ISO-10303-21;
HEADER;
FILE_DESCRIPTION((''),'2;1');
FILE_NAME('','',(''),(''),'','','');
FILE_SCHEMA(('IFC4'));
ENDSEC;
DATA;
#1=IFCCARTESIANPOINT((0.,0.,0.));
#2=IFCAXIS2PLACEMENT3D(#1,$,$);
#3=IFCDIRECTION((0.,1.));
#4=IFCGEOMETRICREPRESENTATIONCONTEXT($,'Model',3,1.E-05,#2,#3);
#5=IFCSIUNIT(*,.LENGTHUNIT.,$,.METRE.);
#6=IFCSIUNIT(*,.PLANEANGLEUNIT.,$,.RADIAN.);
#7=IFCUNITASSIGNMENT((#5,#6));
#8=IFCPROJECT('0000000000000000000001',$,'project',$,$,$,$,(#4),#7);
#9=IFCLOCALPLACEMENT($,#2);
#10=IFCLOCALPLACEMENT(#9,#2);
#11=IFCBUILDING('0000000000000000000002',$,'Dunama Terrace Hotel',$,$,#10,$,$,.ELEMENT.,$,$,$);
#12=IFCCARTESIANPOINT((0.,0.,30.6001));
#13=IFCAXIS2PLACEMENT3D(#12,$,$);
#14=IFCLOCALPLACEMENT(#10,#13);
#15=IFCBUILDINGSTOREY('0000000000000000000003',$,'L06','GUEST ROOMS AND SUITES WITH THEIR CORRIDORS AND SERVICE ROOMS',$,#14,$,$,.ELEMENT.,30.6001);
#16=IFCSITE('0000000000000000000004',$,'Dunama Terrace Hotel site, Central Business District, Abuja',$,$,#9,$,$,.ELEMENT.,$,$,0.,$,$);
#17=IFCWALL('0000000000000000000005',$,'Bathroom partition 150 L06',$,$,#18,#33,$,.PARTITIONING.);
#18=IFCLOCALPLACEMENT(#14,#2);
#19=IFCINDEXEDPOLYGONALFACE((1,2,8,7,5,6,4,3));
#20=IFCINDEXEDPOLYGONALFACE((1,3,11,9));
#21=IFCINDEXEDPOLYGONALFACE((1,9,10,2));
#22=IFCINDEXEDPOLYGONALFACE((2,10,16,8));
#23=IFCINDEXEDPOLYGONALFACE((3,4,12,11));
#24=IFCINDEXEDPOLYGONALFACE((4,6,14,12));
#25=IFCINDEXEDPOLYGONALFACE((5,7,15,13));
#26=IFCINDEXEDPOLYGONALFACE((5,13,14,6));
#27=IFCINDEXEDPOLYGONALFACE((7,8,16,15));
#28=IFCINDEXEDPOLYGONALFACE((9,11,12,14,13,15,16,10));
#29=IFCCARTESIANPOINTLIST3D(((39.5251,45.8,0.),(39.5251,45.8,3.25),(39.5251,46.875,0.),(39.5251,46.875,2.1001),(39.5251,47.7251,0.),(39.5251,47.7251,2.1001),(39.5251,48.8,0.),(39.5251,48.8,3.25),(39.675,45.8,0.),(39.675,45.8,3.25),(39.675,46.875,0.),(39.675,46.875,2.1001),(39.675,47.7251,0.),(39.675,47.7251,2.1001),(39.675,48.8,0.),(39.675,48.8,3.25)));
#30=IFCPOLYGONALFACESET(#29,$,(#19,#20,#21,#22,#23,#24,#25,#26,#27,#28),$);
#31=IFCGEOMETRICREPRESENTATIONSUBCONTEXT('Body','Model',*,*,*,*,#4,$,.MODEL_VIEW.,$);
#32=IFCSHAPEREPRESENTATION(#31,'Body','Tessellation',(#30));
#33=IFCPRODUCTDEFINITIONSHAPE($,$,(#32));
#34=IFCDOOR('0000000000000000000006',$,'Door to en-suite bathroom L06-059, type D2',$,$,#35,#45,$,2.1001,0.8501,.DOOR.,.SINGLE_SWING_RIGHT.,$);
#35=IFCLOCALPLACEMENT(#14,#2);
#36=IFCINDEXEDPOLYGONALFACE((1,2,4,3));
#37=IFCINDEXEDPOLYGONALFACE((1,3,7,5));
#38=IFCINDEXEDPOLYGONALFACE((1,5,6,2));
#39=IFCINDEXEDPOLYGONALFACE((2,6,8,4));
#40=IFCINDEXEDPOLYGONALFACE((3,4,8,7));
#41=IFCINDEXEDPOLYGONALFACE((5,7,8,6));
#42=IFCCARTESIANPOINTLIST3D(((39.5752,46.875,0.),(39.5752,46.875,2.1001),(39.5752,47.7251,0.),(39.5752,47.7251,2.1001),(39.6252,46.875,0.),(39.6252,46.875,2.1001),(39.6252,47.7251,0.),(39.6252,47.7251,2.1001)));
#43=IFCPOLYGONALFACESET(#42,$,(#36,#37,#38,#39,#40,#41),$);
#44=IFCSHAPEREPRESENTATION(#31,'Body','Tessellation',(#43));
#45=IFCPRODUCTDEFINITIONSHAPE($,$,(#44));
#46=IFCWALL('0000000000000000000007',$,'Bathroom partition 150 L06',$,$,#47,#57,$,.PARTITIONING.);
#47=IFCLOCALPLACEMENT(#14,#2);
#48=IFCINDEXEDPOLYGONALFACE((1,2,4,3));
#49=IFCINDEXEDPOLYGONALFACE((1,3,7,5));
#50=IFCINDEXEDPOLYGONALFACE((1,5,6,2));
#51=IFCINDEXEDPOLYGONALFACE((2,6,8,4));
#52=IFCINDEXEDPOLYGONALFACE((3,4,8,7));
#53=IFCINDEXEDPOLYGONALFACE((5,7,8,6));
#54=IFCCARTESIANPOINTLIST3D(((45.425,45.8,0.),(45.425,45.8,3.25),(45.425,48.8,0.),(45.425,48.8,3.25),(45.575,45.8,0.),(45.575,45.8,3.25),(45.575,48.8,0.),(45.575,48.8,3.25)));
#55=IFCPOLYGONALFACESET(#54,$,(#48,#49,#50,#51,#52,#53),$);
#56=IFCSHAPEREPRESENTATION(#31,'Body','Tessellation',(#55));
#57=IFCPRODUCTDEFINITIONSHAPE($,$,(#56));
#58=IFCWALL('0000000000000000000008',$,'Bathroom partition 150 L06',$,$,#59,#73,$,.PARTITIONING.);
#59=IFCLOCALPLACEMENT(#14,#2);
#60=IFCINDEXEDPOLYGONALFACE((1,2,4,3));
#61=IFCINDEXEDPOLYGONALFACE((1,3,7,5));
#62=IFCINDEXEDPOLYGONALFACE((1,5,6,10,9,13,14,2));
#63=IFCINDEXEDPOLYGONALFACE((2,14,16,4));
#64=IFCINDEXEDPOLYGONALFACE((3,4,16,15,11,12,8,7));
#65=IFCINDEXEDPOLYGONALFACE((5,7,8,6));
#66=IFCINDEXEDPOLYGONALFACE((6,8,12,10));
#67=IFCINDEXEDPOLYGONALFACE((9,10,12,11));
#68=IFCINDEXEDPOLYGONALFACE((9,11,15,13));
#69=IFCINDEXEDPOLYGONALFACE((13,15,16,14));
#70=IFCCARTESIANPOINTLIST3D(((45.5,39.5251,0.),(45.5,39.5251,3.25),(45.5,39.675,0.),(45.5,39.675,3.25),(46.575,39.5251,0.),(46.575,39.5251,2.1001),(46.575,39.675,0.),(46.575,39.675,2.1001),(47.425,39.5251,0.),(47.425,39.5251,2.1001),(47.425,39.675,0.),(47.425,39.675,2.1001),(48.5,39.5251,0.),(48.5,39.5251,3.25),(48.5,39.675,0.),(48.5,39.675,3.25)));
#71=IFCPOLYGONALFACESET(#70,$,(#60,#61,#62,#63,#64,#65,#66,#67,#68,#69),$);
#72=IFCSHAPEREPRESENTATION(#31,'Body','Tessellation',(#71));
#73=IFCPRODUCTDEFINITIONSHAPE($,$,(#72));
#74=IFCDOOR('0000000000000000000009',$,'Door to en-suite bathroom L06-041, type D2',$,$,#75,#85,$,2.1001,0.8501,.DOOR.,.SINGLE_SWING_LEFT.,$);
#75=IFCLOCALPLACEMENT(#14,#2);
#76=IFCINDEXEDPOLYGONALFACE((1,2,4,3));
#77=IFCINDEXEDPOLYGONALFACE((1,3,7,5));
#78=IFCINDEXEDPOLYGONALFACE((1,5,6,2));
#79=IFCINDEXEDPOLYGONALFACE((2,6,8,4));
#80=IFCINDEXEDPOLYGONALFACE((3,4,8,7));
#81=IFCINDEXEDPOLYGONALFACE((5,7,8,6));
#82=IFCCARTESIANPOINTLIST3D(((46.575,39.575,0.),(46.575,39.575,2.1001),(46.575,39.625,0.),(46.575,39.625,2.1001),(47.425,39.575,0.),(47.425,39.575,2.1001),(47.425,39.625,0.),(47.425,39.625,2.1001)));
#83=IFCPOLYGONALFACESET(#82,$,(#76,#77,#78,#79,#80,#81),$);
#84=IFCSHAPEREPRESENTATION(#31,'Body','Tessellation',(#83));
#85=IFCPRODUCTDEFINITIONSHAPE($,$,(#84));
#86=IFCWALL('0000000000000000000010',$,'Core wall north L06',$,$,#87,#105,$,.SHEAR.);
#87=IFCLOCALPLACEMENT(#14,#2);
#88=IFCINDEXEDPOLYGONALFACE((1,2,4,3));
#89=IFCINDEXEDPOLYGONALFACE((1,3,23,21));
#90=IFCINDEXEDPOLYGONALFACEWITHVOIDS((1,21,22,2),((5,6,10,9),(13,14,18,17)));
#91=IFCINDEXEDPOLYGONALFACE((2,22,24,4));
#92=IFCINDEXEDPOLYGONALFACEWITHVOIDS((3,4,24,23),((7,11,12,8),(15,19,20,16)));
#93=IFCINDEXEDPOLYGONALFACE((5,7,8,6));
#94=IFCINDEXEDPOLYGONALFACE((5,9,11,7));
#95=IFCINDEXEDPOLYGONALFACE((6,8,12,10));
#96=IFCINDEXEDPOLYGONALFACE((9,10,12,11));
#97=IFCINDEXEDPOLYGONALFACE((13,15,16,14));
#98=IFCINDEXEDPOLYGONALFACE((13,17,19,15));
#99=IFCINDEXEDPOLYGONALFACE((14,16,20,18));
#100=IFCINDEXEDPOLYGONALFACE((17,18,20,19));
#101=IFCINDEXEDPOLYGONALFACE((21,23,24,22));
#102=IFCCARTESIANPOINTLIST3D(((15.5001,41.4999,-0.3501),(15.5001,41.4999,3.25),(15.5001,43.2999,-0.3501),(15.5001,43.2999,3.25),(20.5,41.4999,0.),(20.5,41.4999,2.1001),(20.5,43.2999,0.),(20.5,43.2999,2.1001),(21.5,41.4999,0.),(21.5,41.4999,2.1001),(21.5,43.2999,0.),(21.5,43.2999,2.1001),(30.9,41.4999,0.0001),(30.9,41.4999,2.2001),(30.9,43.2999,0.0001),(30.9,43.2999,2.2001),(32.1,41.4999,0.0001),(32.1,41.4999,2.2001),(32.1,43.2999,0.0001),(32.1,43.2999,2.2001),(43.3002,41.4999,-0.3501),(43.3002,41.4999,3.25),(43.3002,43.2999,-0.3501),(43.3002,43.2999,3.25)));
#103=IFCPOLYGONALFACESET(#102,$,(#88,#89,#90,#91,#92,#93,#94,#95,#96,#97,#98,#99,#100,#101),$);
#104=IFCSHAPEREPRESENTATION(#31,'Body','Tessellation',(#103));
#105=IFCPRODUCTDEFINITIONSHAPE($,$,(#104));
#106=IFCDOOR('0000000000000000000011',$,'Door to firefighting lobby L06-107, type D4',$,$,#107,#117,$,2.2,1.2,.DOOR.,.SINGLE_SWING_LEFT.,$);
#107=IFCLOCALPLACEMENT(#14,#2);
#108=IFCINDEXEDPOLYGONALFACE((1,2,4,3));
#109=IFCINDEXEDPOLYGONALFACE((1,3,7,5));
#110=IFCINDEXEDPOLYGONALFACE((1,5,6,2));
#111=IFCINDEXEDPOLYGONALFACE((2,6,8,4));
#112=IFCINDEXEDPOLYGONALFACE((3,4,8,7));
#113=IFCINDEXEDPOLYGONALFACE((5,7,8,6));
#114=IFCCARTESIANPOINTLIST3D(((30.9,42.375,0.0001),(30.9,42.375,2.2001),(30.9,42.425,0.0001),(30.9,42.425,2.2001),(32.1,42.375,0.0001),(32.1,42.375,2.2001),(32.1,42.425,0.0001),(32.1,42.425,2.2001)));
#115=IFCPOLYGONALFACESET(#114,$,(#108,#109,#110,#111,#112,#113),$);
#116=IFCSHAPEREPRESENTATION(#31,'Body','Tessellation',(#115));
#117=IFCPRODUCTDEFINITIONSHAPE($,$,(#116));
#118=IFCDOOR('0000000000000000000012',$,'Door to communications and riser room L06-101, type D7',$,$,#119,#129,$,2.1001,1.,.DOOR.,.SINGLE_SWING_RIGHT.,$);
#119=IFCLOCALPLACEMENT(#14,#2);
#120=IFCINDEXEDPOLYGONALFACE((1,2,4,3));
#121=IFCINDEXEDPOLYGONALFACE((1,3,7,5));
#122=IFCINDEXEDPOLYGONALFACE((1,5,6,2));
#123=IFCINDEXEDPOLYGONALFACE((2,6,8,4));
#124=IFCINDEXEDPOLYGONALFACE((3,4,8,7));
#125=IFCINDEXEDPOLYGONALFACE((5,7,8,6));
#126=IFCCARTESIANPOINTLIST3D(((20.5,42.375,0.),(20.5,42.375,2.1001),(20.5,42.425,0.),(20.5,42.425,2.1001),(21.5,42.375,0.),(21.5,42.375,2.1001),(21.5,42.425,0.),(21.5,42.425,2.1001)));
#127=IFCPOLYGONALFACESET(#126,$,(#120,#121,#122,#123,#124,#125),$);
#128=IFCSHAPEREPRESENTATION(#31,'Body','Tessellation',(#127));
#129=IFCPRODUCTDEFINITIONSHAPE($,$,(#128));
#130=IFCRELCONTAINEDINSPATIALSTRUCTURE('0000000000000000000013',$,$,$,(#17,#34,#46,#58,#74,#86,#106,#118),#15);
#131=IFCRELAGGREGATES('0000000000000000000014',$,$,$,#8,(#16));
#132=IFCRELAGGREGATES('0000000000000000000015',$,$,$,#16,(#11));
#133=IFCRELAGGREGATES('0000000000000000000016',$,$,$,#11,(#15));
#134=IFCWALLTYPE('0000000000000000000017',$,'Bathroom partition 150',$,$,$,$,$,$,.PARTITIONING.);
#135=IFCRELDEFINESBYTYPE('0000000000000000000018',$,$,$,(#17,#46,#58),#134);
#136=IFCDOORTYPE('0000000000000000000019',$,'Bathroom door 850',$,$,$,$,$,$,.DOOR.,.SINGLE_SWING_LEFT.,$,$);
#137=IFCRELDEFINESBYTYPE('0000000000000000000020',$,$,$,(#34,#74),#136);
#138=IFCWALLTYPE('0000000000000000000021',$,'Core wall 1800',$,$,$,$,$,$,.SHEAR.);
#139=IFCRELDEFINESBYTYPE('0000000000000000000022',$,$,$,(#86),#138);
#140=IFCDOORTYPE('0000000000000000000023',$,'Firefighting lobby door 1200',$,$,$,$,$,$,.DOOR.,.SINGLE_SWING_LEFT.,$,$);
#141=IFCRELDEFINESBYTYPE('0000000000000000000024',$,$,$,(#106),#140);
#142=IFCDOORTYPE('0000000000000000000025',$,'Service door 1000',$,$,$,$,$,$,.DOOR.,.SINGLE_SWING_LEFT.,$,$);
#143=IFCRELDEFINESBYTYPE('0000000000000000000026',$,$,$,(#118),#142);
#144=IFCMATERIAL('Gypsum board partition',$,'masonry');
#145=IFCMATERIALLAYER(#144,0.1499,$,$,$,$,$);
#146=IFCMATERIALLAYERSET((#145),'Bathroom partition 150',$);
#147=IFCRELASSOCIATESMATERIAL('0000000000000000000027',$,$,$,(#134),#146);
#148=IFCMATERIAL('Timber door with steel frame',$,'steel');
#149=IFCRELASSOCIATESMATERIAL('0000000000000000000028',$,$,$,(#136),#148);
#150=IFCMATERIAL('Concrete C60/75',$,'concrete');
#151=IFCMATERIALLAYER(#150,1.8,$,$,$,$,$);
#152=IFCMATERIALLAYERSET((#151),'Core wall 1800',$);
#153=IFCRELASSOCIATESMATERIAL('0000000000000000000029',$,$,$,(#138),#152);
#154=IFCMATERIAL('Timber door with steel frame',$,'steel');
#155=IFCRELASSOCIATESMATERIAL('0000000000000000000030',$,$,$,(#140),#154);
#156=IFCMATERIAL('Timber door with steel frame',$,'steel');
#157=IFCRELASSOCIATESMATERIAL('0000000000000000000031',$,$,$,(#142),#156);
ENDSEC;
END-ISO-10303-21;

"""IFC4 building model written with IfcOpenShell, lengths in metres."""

from ifc_helpers import new_model, si_unit, direction, frame, frame_2d, origin, place, context, subcontext, project, spatial, rectangle, extrude, material, layer, layer_set, type_object, element, fill, save


model = new_model("IFC4")

# Units and contexts
model_context = context("Model", 3, precision=1e-05, world=origin(), true_north=direction((0.0, 1.0)))
body_context = subcontext(model_context, "Body", "Model", "MODEL_VIEW")
ifc_project = project(units=[si_unit("LENGTHUNIT", "METRE"), si_unit("PLANEANGLEUNIT", "RADIAN")], contexts=[model_context])

# Site, building, storey
site_placement = place(None, origin())
site = spatial("IfcSite", under=ifc_project, at=site_placement, Name="Dunama Terrace Hotel site, Central Business District, Abuja", CompositionType="ELEMENT", RefElevation=0.0)
building_placement = place(site_placement, origin())
building = spatial("IfcBuilding", under=site, at=building_placement, Name="Dunama Terrace Hotel", CompositionType="ELEMENT")
storey_placement = place(building_placement, frame((0.0, 0.0, 30.6001)))
storey = spatial("IfcBuildingStorey", under=building, at=storey_placement, Name="L06", Description="GUEST ROOMS AND SUITES WITH THEIR CORRIDORS AND SERVICE ROOMS", CompositionType="ELEMENT", Elevation=30.6001)

# Wall, opening, door
ifc_material_1 = material(Name="Gypsum board partition", Category="masonry")
ifc_layer_1 = layer(ifc_material_1, 0.1499)
ifc_layer_set_1 = layer_set([ifc_layer_1], Name="Bathroom partition 150")
wall_type_1 = type_object("IfcWallType", Name="Bathroom partition 150", PredefinedType="PARTITIONING", material=ifc_layer_set_1)
wall_1_placement = place(storey_placement, frame((39.6001, 45.8, 0.0), z_axis=(0.0, 0.0, 1.0), x_axis=(0.0, 1.0, 0.0)))
wall_1 = element("IfcWall", 1, at=wall_1_placement, inside=storey, type_object=wall_type_1, Name="Bathroom partition 150 L06", PredefinedType="PARTITIONING", context=body_context, shape_type="SweptSolid", body=[
    extrude(rectangle(XDim=3.0, YDim=0.1499, at=frame_2d((1.5, 0.0))), origin(), (0.0, 0.0, 1.0), 3.25),
])
opening_1_placement = place(wall_1_placement, frame((1.075, 0.0, 0.0)))
opening_1 = element("IfcOpeningElement", 2, at=opening_1_placement, cuts=wall_1, PredefinedType="OPENING", context=body_context, shape_type="SweptSolid", body=[
    extrude(rectangle(XDim=0.8501, YDim=2.1001, at=frame_2d((0.425, 1.05))), frame((0.0, 0.085, 0.0), z_axis=(0.0, -1.0, 0.0), x_axis=(1.0, 0.0, 0.0)), (0.0, 0.0, 1.0), 0.1699),
])
ifc_material_2 = material(Name="Timber door with steel frame", Category="steel")
door_type_1 = type_object("IfcDoorType", Name="Bathroom door 850", OperationType="SINGLE_SWING_LEFT", PredefinedType="DOOR", material=ifc_material_2)
door_1_placement = place(opening_1_placement, frame((0.8501, 0.0, 0.0), z_axis=(0.0, 0.0, 1.0), x_axis=(-1.0, 0.0, 0.0)))
door_1 = element("IfcDoor", 3, at=door_1_placement, inside=storey, type_object=door_type_1, Name="Door to en-suite bathroom L06-059, type D2", OperationType="SINGLE_SWING_RIGHT", OverallHeight=2.1001, OverallWidth=0.8501, PredefinedType="DOOR", context=body_context, shape_type="SweptSolid", body=[
    extrude(rectangle(XDim=0.8501, YDim=2.1001, at=frame_2d((0.425, 1.05))), frame((0.0, 0.0251, 0.0), z_axis=(0.0, -1.0, 0.0), x_axis=(1.0, 0.0, 0.0)), (0.0, 0.0, 1.0), 0.05),
])
fill(opening_1, door_1)

# Wall
wall_2_placement = place(storey_placement, frame((45.5, 45.8, 0.0), z_axis=(0.0, 0.0, 1.0), x_axis=(0.0, 1.0, 0.0)))
element("IfcWall", 4, at=wall_2_placement, inside=storey, type_object=wall_type_1, Name="Bathroom partition 150 L06", PredefinedType="PARTITIONING", context=body_context, shape_type="SweptSolid", body=[
    extrude(rectangle(XDim=3.0, YDim=0.1499, at=frame_2d((1.5, 0.0))), origin(), (0.0, 0.0, 1.0), 3.25),
])

# Wall, opening, door
wall_3_placement = place(storey_placement, frame((45.5, 39.6001, 0.0), z_axis=(0.0, 0.0, 1.0), x_axis=(1.0, 0.0, 0.0)))
wall_3 = element("IfcWall", 5, at=wall_3_placement, inside=storey, type_object=wall_type_1, Name="Bathroom partition 150 L06", PredefinedType="PARTITIONING", context=body_context, shape_type="SweptSolid", body=[
    extrude(rectangle(XDim=3.0, YDim=0.1499, at=frame_2d((1.5, 0.0))), origin(), (0.0, 0.0, 1.0), 3.25),
])
opening_2_placement = place(wall_3_placement, frame((1.075, 0.0, 0.0)))
opening_2 = element("IfcOpeningElement", 6, at=opening_2_placement, cuts=wall_3, PredefinedType="OPENING", context=body_context, shape_type="SweptSolid", body=[
    extrude(rectangle(XDim=0.8501, YDim=2.1001, at=frame_2d((0.425, 1.05))), frame((0.0, 0.085, 0.0), z_axis=(0.0, -1.0, 0.0), x_axis=(1.0, 0.0, 0.0)), (0.0, 0.0, 1.0), 0.1699),
])
door_2_placement = place(opening_2_placement, origin())
door_2 = element("IfcDoor", 7, at=door_2_placement, inside=storey, type_object=door_type_1, Name="Door to en-suite bathroom L06-041, type D2", OperationType="SINGLE_SWING_LEFT", OverallHeight=2.1001, OverallWidth=0.8501, PredefinedType="DOOR", context=body_context, shape_type="SweptSolid", body=[
    extrude(rectangle(XDim=0.8501, YDim=2.1001, at=frame_2d((0.425, 1.05))), frame((0.0, 0.0249, 0.0), z_axis=(0.0, -1.0, 0.0), x_axis=(1.0, 0.0, 0.0)), (0.0, 0.0, 1.0), 0.05),
])
fill(opening_2, door_2)

# Wall, openings, doors
ifc_material_3 = material(Name="Concrete C60/75", Category="concrete")
ifc_layer_2 = layer(ifc_material_3, 1.8)
ifc_layer_set_2 = layer_set([ifc_layer_2], Name="Core wall 1800")
wall_type_2 = type_object("IfcWallType", Name="Core wall 1800", PredefinedType="SHEAR", material=ifc_layer_set_2)
wall_4_placement = place(storey_placement, frame((43.3, 42.3999, -0.3501), z_axis=(0.0, 0.0, 1.0), x_axis=(-1.0, 0.0, 0.0)))
wall_4 = element("IfcWall", 8, at=wall_4_placement, inside=storey, type_object=wall_type_2, Name="Core wall north L06", PredefinedType="SHEAR", context=body_context, shape_type="SweptSolid", body=[
    extrude(rectangle(XDim=27.8, YDim=1.8, at=frame_2d((13.8999, 0.0))), origin(), (0.0, 0.0, 1.0), 3.6001),
])
opening_3_placement = place(wall_4_placement, frame((21.8, 0.0, 0.3501)))
opening_3 = element("IfcOpeningElement", 9, at=opening_3_placement, cuts=wall_4, PredefinedType="OPENING", context=body_context, shape_type="SweptSolid", body=[
    extrude(rectangle(XDim=1.0, YDim=2.1001, at=frame_2d((0.5, 1.05))), frame((0.0, 0.9099, 0.0), z_axis=(0.0, -1.0, 0.0), x_axis=(1.0, 0.0, 0.0)), (0.0, 0.0, 1.0), 1.8201),
])
opening_4_placement = place(wall_4_placement, frame((11.2, 0.0, 0.3501)))
opening_4 = element("IfcOpeningElement", 10, at=opening_4_placement, cuts=wall_4, PredefinedType="OPENING", context=body_context, shape_type="SweptSolid", body=[
    extrude(rectangle(XDim=1.2, YDim=2.2, at=frame_2d((0.6001, 1.1001))), frame((0.0, 0.9099, 0.0), z_axis=(0.0, -1.0, 0.0), x_axis=(1.0, 0.0, 0.0)), (0.0, 0.0, 1.0), 1.8201),
])
ifc_material_4 = material(Name="Timber door with steel frame", Category="steel")
door_type_2 = type_object("IfcDoorType", Name="Firefighting lobby door 1200", OperationType="SINGLE_SWING_LEFT", PredefinedType="DOOR", material=ifc_material_4)
door_3_placement = place(opening_4_placement, origin())
door_3 = element("IfcDoor", 11, at=door_3_placement, inside=storey, type_object=door_type_2, Name="Door to firefighting lobby L06-107, type D4", OperationType="SINGLE_SWING_LEFT", OverallHeight=2.2, OverallWidth=1.2, PredefinedType="DOOR", context=body_context, shape_type="SweptSolid", body=[
    extrude(rectangle(XDim=1.2, YDim=2.2, at=frame_2d((0.6001, 1.1001))), frame((0.0, 0.0249, 0.0), z_axis=(0.0, -1.0, 0.0), x_axis=(1.0, 0.0, 0.0)), (0.0, 0.0, 1.0), 0.05),
])
fill(opening_4, door_3)
ifc_material_5 = material(Name="Timber door with steel frame", Category="steel")
door_type_3 = type_object("IfcDoorType", Name="Service door 1000", OperationType="SINGLE_SWING_LEFT", PredefinedType="DOOR", material=ifc_material_5)
door_4_placement = place(opening_3_placement, origin())
door_4 = element("IfcDoor", 12, at=door_4_placement, inside=storey, type_object=door_type_3, Name="Door to communications and riser room L06-101, type D7", OperationType="SINGLE_SWING_RIGHT", OverallHeight=2.1001, OverallWidth=1.0, PredefinedType="DOOR", context=body_context, shape_type="SweptSolid", body=[
    extrude(rectangle(XDim=1.0, YDim=2.1001, at=frame_2d((0.5, 1.05))), frame((0.0, 0.0249, 0.0), z_axis=(0.0, -1.0, 0.0), x_axis=(1.0, 0.0, 0.0)), (0.0, 0.0, 1.0), 0.05),
])
fill(opening_3, door_4)

save(model, "model.ifc")
